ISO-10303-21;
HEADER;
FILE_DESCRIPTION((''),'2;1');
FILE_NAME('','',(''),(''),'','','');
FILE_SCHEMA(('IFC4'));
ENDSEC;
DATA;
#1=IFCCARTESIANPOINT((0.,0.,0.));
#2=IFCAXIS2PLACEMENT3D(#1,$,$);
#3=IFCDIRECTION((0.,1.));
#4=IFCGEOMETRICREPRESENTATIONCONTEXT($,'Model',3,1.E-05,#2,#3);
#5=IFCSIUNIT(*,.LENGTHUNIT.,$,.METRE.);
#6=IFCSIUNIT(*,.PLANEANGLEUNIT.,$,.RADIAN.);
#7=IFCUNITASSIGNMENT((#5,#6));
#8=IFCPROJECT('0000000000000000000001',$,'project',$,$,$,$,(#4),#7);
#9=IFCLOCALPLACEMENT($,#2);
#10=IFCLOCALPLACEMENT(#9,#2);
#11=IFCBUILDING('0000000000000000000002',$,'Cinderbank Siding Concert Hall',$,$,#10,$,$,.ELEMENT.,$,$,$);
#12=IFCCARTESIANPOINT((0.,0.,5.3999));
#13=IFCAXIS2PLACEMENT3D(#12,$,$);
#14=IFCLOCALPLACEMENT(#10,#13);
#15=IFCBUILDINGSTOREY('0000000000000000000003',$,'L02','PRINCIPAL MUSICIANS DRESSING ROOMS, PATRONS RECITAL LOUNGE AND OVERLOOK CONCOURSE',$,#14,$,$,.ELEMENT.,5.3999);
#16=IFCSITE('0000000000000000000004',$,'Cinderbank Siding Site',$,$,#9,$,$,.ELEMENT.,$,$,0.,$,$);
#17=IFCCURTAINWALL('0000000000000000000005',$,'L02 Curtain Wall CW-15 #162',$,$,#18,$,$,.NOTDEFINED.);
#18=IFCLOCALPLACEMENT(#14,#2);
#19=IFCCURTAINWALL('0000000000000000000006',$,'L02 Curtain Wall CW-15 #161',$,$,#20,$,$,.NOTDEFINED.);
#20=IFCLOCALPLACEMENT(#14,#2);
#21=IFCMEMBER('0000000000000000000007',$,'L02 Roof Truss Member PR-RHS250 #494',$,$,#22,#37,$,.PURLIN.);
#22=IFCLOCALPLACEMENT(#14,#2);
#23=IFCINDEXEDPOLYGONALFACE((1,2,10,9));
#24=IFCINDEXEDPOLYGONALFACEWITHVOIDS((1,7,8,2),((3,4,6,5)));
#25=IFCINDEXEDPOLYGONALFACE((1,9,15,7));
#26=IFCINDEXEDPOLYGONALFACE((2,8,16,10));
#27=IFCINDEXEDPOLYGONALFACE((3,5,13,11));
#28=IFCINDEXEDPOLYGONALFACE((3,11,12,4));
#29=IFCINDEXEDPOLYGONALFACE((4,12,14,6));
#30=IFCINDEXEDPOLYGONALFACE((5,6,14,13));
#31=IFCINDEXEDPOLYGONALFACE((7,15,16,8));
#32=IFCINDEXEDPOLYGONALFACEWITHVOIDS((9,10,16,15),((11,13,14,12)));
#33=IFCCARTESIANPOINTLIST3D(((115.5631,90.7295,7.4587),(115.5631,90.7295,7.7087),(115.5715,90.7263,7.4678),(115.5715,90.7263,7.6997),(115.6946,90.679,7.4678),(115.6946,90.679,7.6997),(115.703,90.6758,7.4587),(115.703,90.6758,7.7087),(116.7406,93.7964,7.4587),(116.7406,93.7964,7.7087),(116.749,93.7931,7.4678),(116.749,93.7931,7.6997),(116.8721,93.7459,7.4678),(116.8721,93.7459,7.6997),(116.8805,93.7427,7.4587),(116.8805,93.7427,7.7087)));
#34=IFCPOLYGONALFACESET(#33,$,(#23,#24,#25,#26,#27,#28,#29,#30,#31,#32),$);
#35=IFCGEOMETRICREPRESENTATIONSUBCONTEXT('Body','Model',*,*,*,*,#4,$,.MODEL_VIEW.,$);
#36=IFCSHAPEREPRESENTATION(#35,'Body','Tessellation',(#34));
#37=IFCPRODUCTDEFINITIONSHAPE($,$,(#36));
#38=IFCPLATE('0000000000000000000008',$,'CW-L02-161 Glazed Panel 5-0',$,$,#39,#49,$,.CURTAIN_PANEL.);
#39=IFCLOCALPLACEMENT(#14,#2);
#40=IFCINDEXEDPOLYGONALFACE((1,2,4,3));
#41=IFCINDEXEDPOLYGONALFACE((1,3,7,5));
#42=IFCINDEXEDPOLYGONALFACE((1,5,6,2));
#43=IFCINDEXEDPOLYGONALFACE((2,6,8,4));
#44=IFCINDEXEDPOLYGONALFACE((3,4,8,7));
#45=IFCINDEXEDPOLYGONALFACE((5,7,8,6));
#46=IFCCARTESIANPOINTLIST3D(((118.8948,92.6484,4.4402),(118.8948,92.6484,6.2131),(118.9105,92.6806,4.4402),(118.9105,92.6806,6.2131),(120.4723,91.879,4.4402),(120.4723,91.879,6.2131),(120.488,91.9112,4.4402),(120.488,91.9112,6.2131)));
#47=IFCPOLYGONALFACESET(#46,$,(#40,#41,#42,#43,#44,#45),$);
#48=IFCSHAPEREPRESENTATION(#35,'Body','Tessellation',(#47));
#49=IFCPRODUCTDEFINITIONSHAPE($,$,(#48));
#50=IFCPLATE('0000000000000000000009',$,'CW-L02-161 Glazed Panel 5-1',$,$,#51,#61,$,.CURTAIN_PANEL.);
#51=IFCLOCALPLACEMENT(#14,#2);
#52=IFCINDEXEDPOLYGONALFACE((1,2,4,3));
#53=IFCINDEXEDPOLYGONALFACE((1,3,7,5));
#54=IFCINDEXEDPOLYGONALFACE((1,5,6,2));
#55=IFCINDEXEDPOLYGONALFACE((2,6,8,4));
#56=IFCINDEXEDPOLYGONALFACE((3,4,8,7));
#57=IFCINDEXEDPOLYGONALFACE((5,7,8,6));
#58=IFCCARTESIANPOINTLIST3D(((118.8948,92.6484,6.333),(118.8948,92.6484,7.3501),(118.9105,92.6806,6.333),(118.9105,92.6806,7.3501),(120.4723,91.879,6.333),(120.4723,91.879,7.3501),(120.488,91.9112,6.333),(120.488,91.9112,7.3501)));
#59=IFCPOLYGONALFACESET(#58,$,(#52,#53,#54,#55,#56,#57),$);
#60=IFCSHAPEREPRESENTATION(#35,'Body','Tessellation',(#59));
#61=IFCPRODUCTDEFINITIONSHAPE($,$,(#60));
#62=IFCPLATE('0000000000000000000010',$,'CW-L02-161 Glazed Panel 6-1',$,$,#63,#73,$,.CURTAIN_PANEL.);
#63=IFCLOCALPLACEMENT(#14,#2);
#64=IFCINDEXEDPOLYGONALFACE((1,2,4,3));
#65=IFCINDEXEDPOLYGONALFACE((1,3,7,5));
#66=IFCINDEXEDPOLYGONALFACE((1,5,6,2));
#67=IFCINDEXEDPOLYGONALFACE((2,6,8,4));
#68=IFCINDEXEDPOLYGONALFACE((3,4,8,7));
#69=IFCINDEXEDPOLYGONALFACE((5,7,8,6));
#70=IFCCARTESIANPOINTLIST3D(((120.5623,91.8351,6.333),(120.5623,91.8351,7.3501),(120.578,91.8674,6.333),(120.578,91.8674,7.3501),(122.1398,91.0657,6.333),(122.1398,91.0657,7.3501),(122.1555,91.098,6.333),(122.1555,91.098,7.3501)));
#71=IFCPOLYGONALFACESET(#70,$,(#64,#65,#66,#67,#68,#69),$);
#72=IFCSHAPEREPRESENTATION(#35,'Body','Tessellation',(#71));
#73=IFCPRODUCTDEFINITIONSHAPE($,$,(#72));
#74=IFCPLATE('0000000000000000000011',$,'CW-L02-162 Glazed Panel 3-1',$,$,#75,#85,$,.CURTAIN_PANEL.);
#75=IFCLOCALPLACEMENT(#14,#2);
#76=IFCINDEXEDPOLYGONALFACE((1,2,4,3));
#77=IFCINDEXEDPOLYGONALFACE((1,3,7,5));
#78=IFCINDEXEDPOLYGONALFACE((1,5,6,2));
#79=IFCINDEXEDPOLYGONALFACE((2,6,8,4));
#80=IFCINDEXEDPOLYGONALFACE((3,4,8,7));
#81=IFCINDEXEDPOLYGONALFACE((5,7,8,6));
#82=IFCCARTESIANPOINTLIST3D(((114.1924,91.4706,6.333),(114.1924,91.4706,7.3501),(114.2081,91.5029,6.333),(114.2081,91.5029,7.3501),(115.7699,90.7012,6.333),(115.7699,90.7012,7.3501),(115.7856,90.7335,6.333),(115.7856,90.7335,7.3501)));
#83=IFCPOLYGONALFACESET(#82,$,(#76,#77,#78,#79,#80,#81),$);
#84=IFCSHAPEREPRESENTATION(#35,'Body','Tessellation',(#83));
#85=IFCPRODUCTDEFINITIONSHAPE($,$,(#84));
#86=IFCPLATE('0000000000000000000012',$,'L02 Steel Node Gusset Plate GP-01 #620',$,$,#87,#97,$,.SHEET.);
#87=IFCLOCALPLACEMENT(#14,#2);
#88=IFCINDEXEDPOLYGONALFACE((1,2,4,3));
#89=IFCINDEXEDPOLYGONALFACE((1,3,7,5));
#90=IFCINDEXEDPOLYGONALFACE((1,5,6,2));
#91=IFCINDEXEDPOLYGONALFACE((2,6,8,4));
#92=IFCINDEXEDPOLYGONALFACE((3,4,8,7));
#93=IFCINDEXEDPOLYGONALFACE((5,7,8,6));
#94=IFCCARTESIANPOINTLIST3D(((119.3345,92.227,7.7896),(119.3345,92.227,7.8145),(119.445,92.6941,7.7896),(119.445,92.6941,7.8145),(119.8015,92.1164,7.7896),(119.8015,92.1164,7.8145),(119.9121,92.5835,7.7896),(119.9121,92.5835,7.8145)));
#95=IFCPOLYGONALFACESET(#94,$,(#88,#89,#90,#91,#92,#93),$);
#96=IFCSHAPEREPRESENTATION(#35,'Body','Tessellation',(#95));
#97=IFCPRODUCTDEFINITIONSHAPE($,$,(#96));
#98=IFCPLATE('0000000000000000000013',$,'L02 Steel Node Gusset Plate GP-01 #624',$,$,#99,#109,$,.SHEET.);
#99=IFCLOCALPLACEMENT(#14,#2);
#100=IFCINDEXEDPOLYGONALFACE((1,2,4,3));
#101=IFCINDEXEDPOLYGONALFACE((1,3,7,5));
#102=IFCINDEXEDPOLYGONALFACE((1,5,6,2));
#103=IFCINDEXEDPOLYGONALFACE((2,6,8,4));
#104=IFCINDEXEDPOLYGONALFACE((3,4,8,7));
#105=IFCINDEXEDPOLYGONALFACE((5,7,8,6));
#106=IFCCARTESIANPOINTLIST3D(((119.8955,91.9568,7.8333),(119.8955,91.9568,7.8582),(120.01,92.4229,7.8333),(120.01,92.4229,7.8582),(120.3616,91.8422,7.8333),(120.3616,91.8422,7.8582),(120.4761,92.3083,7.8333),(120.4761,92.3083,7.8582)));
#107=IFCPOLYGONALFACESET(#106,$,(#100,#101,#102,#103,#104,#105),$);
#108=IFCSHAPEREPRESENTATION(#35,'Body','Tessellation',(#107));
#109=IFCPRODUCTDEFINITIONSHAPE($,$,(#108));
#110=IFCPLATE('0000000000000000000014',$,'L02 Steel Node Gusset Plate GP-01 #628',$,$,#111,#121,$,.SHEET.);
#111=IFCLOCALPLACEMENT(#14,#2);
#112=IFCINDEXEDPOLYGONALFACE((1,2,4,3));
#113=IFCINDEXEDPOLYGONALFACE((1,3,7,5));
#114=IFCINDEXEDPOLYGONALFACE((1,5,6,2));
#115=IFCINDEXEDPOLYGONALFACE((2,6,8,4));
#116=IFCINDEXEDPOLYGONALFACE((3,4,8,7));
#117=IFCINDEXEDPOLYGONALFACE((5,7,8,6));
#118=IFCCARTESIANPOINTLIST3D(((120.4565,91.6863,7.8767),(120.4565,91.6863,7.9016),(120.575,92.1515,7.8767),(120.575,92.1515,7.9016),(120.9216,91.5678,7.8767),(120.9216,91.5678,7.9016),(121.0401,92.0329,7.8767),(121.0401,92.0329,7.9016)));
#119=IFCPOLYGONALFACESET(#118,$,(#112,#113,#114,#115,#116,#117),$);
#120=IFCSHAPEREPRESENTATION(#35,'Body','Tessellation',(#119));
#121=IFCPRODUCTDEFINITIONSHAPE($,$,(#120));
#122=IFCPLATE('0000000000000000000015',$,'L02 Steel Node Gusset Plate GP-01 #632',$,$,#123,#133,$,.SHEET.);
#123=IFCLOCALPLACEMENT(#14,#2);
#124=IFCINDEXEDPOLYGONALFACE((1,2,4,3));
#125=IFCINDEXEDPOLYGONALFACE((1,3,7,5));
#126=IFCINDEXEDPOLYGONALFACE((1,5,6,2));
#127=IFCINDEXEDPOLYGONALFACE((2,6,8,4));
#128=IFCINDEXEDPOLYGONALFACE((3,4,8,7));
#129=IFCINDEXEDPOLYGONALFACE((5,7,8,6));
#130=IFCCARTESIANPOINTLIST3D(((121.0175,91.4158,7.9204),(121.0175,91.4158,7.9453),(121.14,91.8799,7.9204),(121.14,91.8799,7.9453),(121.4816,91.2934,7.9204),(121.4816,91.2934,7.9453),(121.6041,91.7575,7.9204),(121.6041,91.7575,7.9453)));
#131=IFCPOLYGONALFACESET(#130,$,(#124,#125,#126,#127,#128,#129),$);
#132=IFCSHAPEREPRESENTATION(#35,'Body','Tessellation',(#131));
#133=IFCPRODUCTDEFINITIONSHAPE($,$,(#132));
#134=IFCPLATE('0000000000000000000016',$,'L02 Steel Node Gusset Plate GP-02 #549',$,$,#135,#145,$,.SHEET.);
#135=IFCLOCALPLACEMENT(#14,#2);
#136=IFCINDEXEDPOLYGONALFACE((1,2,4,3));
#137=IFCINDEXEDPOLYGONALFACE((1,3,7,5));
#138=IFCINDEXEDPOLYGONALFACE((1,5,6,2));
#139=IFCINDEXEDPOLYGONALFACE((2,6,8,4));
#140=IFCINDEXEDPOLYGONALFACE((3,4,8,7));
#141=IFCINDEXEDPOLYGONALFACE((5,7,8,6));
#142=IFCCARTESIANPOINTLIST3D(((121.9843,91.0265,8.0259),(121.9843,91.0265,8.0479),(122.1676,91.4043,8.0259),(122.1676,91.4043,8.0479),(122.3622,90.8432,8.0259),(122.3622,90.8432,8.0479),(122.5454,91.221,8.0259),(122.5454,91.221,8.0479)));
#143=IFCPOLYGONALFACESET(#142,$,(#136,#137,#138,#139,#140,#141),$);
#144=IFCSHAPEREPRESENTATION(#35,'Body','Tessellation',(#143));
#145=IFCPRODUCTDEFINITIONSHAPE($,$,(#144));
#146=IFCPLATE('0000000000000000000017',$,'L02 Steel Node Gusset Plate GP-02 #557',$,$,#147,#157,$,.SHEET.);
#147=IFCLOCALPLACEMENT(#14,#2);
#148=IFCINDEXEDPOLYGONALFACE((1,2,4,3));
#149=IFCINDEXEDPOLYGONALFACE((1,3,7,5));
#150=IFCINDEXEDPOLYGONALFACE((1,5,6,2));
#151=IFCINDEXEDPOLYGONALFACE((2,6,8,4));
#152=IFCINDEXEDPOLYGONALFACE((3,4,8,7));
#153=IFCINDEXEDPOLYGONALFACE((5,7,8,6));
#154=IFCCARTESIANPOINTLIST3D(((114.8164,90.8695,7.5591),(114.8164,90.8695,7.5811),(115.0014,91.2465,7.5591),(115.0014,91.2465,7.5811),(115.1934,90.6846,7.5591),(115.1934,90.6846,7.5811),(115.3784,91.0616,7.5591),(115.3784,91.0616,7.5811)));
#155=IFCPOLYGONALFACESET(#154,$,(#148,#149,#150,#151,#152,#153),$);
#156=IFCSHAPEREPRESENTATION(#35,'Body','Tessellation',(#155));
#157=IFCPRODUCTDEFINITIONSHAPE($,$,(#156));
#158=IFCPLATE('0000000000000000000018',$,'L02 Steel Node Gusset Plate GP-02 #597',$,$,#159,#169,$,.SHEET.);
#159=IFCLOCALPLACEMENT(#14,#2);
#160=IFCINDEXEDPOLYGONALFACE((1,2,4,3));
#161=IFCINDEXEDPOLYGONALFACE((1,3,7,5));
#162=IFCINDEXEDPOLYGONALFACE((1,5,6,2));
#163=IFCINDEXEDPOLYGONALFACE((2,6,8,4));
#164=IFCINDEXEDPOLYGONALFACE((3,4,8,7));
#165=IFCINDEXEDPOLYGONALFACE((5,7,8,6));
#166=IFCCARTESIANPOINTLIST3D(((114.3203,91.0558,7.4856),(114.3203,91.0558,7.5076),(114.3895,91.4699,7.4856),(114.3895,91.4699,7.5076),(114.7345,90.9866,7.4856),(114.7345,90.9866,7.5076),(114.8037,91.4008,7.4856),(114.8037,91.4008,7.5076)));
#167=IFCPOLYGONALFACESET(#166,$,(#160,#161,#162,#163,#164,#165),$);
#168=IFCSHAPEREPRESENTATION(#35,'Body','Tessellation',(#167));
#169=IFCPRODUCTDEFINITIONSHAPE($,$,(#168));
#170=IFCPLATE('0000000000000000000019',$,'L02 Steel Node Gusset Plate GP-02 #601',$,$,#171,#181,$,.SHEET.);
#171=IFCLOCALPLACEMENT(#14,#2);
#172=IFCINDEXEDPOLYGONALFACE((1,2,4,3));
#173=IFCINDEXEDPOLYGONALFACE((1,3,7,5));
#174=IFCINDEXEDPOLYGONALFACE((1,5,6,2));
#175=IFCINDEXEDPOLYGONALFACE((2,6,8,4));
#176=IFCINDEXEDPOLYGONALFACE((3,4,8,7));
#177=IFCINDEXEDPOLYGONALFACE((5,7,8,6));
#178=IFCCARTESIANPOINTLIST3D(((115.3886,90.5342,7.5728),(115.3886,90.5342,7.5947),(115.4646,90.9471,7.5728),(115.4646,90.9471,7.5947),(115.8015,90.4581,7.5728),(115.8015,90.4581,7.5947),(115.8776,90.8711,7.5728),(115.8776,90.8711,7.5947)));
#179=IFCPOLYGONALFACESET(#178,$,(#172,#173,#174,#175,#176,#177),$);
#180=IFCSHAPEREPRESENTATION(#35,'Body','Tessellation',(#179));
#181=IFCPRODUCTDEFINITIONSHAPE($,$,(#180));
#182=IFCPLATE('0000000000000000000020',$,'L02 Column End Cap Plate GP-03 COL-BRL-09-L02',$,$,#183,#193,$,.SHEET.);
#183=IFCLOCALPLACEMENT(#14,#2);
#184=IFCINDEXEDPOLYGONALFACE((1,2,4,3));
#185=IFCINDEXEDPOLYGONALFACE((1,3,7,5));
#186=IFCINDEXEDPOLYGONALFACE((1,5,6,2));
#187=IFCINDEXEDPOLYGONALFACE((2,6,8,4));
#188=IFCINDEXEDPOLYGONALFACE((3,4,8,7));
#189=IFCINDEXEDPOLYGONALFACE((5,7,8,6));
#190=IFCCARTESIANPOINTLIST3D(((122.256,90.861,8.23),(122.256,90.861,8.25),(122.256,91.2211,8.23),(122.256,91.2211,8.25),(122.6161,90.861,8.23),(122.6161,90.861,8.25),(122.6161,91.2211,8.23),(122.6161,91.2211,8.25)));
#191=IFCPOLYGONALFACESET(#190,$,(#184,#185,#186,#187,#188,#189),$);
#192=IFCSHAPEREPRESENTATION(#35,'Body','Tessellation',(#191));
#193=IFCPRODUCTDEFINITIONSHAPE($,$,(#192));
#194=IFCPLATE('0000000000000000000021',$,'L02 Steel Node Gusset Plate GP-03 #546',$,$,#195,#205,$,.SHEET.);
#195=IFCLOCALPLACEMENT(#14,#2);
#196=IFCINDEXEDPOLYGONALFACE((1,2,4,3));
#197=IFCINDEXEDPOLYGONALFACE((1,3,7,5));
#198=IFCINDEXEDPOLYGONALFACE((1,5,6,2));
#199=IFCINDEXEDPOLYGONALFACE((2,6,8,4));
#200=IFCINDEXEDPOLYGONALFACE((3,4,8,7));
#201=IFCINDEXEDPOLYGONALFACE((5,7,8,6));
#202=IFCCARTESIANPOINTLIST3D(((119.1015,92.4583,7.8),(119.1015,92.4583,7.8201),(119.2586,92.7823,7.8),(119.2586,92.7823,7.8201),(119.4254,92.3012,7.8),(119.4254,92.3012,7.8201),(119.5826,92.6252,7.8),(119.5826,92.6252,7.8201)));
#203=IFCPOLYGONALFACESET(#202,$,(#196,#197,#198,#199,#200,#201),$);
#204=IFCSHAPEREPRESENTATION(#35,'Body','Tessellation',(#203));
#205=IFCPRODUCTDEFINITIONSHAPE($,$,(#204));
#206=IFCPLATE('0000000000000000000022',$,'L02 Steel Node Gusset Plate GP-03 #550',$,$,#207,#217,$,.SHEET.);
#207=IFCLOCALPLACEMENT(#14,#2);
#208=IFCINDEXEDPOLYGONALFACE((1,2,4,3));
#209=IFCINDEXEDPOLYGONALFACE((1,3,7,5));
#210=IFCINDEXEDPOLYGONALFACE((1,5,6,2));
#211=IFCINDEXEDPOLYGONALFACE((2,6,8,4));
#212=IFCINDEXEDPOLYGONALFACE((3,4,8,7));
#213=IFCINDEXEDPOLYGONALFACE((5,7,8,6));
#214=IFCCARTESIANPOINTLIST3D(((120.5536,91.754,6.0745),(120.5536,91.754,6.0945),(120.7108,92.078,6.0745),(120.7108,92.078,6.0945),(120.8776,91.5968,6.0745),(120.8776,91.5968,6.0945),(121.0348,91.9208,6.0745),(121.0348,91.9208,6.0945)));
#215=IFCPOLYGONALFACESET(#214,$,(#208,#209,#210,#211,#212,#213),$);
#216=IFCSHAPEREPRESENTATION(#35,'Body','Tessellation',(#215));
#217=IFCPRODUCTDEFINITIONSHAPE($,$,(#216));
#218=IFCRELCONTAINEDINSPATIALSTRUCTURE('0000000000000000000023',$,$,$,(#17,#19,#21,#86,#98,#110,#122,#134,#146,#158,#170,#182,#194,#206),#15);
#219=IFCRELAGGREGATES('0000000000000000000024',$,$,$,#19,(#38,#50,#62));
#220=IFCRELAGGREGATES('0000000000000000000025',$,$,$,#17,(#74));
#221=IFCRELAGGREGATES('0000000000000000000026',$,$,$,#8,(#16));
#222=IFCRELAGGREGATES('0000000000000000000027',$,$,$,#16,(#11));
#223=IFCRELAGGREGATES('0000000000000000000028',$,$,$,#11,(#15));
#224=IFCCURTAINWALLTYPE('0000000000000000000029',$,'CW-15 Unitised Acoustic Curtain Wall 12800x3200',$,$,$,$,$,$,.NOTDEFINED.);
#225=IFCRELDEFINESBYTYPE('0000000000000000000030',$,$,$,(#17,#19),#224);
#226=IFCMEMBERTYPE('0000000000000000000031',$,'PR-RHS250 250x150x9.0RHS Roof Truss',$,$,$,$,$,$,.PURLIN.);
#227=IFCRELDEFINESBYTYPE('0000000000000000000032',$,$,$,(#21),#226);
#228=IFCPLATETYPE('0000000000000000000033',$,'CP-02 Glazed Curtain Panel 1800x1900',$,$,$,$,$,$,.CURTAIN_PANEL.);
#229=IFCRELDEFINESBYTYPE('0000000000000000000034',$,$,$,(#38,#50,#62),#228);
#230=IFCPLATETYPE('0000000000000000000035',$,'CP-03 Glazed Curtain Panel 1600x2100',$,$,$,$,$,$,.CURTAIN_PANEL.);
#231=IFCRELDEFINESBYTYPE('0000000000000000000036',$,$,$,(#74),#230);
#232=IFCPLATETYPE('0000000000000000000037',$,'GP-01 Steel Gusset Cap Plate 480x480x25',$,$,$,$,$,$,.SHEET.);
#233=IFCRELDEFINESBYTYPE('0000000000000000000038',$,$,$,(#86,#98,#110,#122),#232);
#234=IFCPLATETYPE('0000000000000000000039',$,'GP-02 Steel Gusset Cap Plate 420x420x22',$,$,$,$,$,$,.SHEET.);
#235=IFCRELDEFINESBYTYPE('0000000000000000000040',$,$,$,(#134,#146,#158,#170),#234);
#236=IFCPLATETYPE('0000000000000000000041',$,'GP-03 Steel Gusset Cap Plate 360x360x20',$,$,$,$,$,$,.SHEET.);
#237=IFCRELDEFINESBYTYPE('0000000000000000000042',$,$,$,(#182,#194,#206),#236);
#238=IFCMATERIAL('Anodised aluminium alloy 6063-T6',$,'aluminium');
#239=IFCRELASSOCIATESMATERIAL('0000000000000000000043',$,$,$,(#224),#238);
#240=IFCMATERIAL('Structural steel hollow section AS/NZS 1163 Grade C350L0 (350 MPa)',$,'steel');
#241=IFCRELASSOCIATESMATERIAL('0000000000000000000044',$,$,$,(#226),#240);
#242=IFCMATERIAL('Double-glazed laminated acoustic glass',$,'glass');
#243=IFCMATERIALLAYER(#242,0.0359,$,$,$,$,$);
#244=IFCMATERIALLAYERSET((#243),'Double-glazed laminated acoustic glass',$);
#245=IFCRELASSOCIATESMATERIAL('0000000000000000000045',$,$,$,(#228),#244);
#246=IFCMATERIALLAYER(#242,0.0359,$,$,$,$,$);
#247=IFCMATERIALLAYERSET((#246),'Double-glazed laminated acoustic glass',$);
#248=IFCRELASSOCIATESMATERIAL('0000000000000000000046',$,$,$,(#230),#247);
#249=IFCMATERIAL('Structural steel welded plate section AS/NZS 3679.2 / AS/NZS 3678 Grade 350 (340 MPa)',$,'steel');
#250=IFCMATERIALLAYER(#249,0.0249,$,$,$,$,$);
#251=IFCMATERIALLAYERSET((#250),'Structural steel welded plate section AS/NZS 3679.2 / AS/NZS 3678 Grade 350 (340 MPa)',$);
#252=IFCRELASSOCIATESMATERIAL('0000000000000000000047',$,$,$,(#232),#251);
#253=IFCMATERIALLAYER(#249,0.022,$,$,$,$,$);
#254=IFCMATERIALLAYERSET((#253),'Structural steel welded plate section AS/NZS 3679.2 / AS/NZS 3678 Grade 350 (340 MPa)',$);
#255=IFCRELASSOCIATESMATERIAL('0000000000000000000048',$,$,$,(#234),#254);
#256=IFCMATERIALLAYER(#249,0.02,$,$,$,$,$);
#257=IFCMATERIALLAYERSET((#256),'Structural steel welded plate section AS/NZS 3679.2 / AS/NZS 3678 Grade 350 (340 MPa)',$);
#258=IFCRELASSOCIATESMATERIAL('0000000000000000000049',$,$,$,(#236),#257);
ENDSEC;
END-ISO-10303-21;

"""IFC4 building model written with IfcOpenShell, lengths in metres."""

from ifc_helpers import new_model, si_unit, direction, frame, origin, origin_2d, place, context, subcontext, project, spatial, rectangle, hollow_rectangle, extrude, material, layer, layer_set, material_profile, profile_set, type_object, element, aggregate, save


model = new_model("IFC4")

# Units and contexts
model_context = context("Model", 3, precision=1e-05, world=origin(), true_north=direction((0.0, 1.0)))
body_context = subcontext(model_context, "Body", "Model", "MODEL_VIEW")
ifc_project = project(units=[si_unit("LENGTHUNIT", "METRE"), si_unit("PLANEANGLEUNIT", "RADIAN")], contexts=[model_context])

# Site, building, storey
site_placement = place(None, origin())
site = spatial("IfcSite", under=ifc_project, at=site_placement, Name="Cinderbank Siding Site", CompositionType="ELEMENT", RefElevation=0.0)
building_placement = place(site_placement, origin())
building = spatial("IfcBuilding", under=site, at=building_placement, Name="Cinderbank Siding Concert Hall", CompositionType="ELEMENT")
storey_placement = place(building_placement, frame((0.0, 0.0, 5.3999)))
storey = spatial("IfcBuildingStorey", under=building, at=storey_placement, Name="L02", Description="PRINCIPAL MUSICIANS DRESSING ROOMS, PATRONS RECITAL LOUNGE AND OVERLOOK CONCOURSE", CompositionType="ELEMENT", Elevation=5.3999)

# Shared definitions
ifc_material_1 = material(Name="Structural steel hollow section AS/NZS 1163 Grade C350L0 (350 MPa)", Category="steel")

# Curtain walls
ifc_material_2 = material(Name="Anodised aluminium alloy 6063-T6", Category="aluminium")
curtain_wall_type = type_object("IfcCurtainWallType", Name="CW-15 Unitised Acoustic Curtain Wall 12800x3200", PredefinedType="NOTDEFINED", material=ifc_material_2)
curtain_wall_1_placement = place(storey_placement, origin())
curtain_wall_1 = element("IfcCurtainWall", 1, at=curtain_wall_1_placement, inside=storey, type_object=curtain_wall_type, Name="L02 Curtain Wall CW-15 #162", PredefinedType="NOTDEFINED")
curtain_wall_2_placement = place(storey_placement, origin())
curtain_wall_2 = element("IfcCurtainWall", 2, at=curtain_wall_2_placement, inside=storey, type_object=curtain_wall_type, Name="L02 Curtain Wall CW-15 #161", PredefinedType="NOTDEFINED")

# Member
ifc_material_profile_1 = material_profile(ifc_material_1, hollow_rectangle(XDim=0.1499, YDim=0.25, WallThickness=0.009, at=origin_2d()), Name="250x150x9.0RHS", Category="LoadBearing")
ifc_profile_set_1 = profile_set([ifc_material_profile_1], Name="Structural steel hollow section AS/NZS 1163 Grade C350L0 (350 MPa)")
member_type_1 = type_object("IfcMemberType", Name="PR-RHS250 250x150x9.0RHS Roof Truss", PredefinedType="PURLIN", material=ifc_profile_set_1)
member_1_placement = place(storey_placement, frame((115.6331, 90.7026, 7.5837), z_axis=(0.358426, 0.933558, 0.0), x_axis=(-0.933558, 0.358426, 0.0)))
element("IfcMember", 3, at=member_1_placement, inside=storey, type_object=member_type_1, Name="L02 Roof Truss Member PR-RHS250 #494", PredefinedType="PURLIN", context=body_context, shape_type="SweptSolid", body=[
    extrude(hollow_rectangle(XDim=0.1499, YDim=0.25, WallThickness=0.009, at=origin_2d()), origin(), (0.0, 0.0, 1.0), 3.2852),
])

# Plates
ifc_material_3 = material(Name="Double-glazed laminated acoustic glass", Category="glass")
ifc_layer_1 = layer(ifc_material_3, 0.0359)
ifc_layer_set_1 = layer_set([ifc_layer_1], Name="Double-glazed laminated acoustic glass")
plate_type_1 = type_object("IfcPlateType", Name="CP-02 Glazed Curtain Panel 1800x1900", PredefinedType="CURTAIN_PANEL", material=ifc_layer_set_1)
plate_1_placement = place(storey_placement, frame((119.6914, 92.2798, 4.4402), z_axis=(0.0, 0.0, 1.0), x_axis=(0.898794, -0.43837, 0.0)))
plate_1 = element("IfcPlate", 4, at=plate_1_placement, type_object=plate_type_1, Name="CW-L02-161 Glazed Panel 5-0", PredefinedType="CURTAIN_PANEL", context=body_context, shape_type="SweptSolid", body=[
    extrude(rectangle(XDim=1.7551, YDim=0.0359, at=origin_2d()), origin(), (0.0, 0.0, 1.0), 1.7729),
])
plate_2_placement = place(storey_placement, frame((119.6914, 92.2798, 6.333), z_axis=(0.0, 0.0, 1.0), x_axis=(0.898794, -0.43837, 0.0)))
plate_2 = element("IfcPlate", 5, at=plate_2_placement, type_object=plate_type_1, Name="CW-L02-161 Glazed Panel 5-1", PredefinedType="CURTAIN_PANEL", context=body_context, shape_type="SweptSolid", body=[
    extrude(rectangle(XDim=1.7551, YDim=0.0359, at=origin_2d()), origin(), (0.0, 0.0, 1.0), 1.0171),
])
plate_3_placement = place(storey_placement, frame((121.3589, 91.4666, 6.333), z_axis=(0.0, 0.0, 1.0), x_axis=(0.898794, -0.43837, 0.0)))
plate_3 = element("IfcPlate", 6, at=plate_3_placement, type_object=plate_type_1, Name="CW-L02-161 Glazed Panel 6-1", PredefinedType="CURTAIN_PANEL", context=body_context, shape_type="SweptSolid", body=[
    extrude(rectangle(XDim=1.7551, YDim=0.0359, at=origin_2d()), origin(), (0.0, 0.0, 1.0), 1.0171),
])
aggregate(curtain_wall_2, [plate_1, plate_2, plate_3])
ifc_layer_2 = layer(ifc_material_3, 0.0359)
ifc_layer_set_2 = layer_set([ifc_layer_2], Name="Double-glazed laminated acoustic glass")
plate_type_2 = type_object("IfcPlateType", Name="CP-03 Glazed Curtain Panel 1600x2100", PredefinedType="CURTAIN_PANEL", material=ifc_layer_set_2)
plate_4_placement = place(storey_placement, frame((114.989, 91.1021, 6.333), z_axis=(0.0, 0.0, 1.0), x_axis=(0.898794, -0.43837, 0.0)))
plate_4 = element("IfcPlate", 7, at=plate_4_placement, type_object=plate_type_2, Name="CW-L02-162 Glazed Panel 3-1", PredefinedType="CURTAIN_PANEL", context=body_context, shape_type="SweptSolid", body=[
    extrude(rectangle(XDim=1.7551, YDim=0.0359, at=origin_2d()), origin(), (0.0, 0.0, 1.0), 1.0171),
])
aggregate(curtain_wall_1, [plate_4])

# Plates
ifc_material_4 = material(Name="Structural steel welded plate section AS/NZS 3679.2 / AS/NZS 3678 Grade 350 (340 MPa)", Category="steel")
ifc_layer_3 = layer(ifc_material_4, 0.0249)
ifc_layer_set_3 = layer_set([ifc_layer_3], Name="Structural steel welded plate section AS/NZS 3679.2 / AS/NZS 3678 Grade 350 (340 MPa)")
plate_type_3 = type_object("IfcPlateType", Name="GP-01 Steel Gusset Cap Plate 480x480x25", PredefinedType="SHEET", material=ifc_layer_set_3)
for number, where, z_axis, x_axis, name in (
    (8, (119.6233, 92.4053, 7.7896), (0.0, 0.0, 1.0), (-0.230389, -0.973099, 0.0), "L02 Steel Node Gusset Plate GP-01 #620"),
    (9, (120.1858, 92.1326, 7.8333), (0.0, 0.0, 1.0), (-0.238703, -0.971093, 0.0), "L02 Steel Node Gusset Plate GP-01 #624"),
    (10, (120.7483, 91.8596, 7.8767), (0.0, 0.0, 1.0), (-0.246999, -0.969016, 0.0), "L02 Steel Node Gusset Plate GP-01 #628"),
    (11, (121.3108, 91.5867, 7.9204), (0.0, 0.0, 1.0), (-0.255108, -0.966912, 0.0), "L02 Steel Node Gusset Plate GP-01 #632"),
):
    element("IfcPlate", number, at=place(storey_placement, frame(where, z_axis=z_axis, x_axis=x_axis)), inside=storey, type_object=plate_type_3, Name=name, PredefinedType="SHEET", context=body_context, shape_type="SweptSolid", body=[
        extrude(rectangle(XDim=0.48, YDim=0.48, at=origin_2d()), origin(), (0.0, 0.0, 1.0), 0.0249),
    ])
ifc_layer_4 = layer(ifc_material_4, 0.022)
ifc_layer_set_4 = layer_set([ifc_layer_4], Name="Structural steel welded plate section AS/NZS 3679.2 / AS/NZS 3678 Grade 350 (340 MPa)")
plate_type_4 = type_object("IfcPlateType", Name="GP-02 Steel Gusset Cap Plate 420x420x22", PredefinedType="SHEET", material=ifc_layer_set_4)
for number, where, z_axis, x_axis, name in (
    (12, (122.2649, 91.1238, 8.0259), (0.0, 0.0, 1.0), (0.89971, -0.436488, 0.0), "L02 Steel Node Gusset Plate GP-02 #549"),
    (13, (115.0974, 90.9656, 7.5591), (0.0, 0.0, 1.0), (0.897797, -0.440409, 0.0), "L02 Steel Node Gusset Plate GP-02 #557"),
    (14, (114.562, 91.2283, 7.4856), (0.0, 0.0, 1.0), (-0.164703, -0.986343, 0.0), "L02 Steel Node Gusset Plate GP-02 #597"),
    (15, (115.6331, 90.7026, 7.5728), (0.0, 0.0, 1.0), (-0.181034, -0.983477, 0.0), "L02 Steel Node Gusset Plate GP-02 #601"),
):
    element("IfcPlate", number, at=place(storey_placement, frame(where, z_axis=z_axis, x_axis=x_axis)), inside=storey, type_object=plate_type_4, Name=name, PredefinedType="SHEET", context=body_context, shape_type="SweptSolid", body=[
        extrude(rectangle(XDim=0.4199, YDim=0.4199, at=origin_2d()), origin(), (0.0, 0.0, 1.0), 0.022),
    ])
ifc_layer_5 = layer(ifc_material_4, 0.02)
ifc_layer_set_5 = layer_set([ifc_layer_5], Name="Structural steel welded plate section AS/NZS 3679.2 / AS/NZS 3678 Grade 350 (340 MPa)")
plate_type_5 = type_object("IfcPlateType", Name="GP-03 Steel Gusset Cap Plate 360x360x20", PredefinedType="SHEET", material=ifc_layer_set_5)
for number, where, z_axis, x_axis, name in (
    (16, (122.436, 91.041, 8.23), (0.0, 0.0, 1.0), (1.0, 0.0, 0.0), "L02 Column End Cap Plate GP-03 COL-BRL-09-L02"),
    (17, (119.342, 92.5417, 7.8), (0.0, 0.0, 1.0), (0.89971, -0.436488, 0.0), "L02 Steel Node Gusset Plate GP-03 #546"),
    (18, (120.7942, 91.8374, 6.0745), (0.0, 0.0, 1.0), (0.89971, -0.436488, 0.0), "L02 Steel Node Gusset Plate GP-03 #550"),
):
    element("IfcPlate", number, at=place(storey_placement, frame(where, z_axis=z_axis, x_axis=x_axis)), inside=storey, type_object=plate_type_5, Name=name, PredefinedType="SHEET", context=body_context, shape_type="SweptSolid", body=[
        extrude(rectangle(XDim=0.3601, YDim=0.3601, at=origin_2d()), origin(), (0.0, 0.0, 1.0), 0.02),
    ])

save(model, "model.ifc")
